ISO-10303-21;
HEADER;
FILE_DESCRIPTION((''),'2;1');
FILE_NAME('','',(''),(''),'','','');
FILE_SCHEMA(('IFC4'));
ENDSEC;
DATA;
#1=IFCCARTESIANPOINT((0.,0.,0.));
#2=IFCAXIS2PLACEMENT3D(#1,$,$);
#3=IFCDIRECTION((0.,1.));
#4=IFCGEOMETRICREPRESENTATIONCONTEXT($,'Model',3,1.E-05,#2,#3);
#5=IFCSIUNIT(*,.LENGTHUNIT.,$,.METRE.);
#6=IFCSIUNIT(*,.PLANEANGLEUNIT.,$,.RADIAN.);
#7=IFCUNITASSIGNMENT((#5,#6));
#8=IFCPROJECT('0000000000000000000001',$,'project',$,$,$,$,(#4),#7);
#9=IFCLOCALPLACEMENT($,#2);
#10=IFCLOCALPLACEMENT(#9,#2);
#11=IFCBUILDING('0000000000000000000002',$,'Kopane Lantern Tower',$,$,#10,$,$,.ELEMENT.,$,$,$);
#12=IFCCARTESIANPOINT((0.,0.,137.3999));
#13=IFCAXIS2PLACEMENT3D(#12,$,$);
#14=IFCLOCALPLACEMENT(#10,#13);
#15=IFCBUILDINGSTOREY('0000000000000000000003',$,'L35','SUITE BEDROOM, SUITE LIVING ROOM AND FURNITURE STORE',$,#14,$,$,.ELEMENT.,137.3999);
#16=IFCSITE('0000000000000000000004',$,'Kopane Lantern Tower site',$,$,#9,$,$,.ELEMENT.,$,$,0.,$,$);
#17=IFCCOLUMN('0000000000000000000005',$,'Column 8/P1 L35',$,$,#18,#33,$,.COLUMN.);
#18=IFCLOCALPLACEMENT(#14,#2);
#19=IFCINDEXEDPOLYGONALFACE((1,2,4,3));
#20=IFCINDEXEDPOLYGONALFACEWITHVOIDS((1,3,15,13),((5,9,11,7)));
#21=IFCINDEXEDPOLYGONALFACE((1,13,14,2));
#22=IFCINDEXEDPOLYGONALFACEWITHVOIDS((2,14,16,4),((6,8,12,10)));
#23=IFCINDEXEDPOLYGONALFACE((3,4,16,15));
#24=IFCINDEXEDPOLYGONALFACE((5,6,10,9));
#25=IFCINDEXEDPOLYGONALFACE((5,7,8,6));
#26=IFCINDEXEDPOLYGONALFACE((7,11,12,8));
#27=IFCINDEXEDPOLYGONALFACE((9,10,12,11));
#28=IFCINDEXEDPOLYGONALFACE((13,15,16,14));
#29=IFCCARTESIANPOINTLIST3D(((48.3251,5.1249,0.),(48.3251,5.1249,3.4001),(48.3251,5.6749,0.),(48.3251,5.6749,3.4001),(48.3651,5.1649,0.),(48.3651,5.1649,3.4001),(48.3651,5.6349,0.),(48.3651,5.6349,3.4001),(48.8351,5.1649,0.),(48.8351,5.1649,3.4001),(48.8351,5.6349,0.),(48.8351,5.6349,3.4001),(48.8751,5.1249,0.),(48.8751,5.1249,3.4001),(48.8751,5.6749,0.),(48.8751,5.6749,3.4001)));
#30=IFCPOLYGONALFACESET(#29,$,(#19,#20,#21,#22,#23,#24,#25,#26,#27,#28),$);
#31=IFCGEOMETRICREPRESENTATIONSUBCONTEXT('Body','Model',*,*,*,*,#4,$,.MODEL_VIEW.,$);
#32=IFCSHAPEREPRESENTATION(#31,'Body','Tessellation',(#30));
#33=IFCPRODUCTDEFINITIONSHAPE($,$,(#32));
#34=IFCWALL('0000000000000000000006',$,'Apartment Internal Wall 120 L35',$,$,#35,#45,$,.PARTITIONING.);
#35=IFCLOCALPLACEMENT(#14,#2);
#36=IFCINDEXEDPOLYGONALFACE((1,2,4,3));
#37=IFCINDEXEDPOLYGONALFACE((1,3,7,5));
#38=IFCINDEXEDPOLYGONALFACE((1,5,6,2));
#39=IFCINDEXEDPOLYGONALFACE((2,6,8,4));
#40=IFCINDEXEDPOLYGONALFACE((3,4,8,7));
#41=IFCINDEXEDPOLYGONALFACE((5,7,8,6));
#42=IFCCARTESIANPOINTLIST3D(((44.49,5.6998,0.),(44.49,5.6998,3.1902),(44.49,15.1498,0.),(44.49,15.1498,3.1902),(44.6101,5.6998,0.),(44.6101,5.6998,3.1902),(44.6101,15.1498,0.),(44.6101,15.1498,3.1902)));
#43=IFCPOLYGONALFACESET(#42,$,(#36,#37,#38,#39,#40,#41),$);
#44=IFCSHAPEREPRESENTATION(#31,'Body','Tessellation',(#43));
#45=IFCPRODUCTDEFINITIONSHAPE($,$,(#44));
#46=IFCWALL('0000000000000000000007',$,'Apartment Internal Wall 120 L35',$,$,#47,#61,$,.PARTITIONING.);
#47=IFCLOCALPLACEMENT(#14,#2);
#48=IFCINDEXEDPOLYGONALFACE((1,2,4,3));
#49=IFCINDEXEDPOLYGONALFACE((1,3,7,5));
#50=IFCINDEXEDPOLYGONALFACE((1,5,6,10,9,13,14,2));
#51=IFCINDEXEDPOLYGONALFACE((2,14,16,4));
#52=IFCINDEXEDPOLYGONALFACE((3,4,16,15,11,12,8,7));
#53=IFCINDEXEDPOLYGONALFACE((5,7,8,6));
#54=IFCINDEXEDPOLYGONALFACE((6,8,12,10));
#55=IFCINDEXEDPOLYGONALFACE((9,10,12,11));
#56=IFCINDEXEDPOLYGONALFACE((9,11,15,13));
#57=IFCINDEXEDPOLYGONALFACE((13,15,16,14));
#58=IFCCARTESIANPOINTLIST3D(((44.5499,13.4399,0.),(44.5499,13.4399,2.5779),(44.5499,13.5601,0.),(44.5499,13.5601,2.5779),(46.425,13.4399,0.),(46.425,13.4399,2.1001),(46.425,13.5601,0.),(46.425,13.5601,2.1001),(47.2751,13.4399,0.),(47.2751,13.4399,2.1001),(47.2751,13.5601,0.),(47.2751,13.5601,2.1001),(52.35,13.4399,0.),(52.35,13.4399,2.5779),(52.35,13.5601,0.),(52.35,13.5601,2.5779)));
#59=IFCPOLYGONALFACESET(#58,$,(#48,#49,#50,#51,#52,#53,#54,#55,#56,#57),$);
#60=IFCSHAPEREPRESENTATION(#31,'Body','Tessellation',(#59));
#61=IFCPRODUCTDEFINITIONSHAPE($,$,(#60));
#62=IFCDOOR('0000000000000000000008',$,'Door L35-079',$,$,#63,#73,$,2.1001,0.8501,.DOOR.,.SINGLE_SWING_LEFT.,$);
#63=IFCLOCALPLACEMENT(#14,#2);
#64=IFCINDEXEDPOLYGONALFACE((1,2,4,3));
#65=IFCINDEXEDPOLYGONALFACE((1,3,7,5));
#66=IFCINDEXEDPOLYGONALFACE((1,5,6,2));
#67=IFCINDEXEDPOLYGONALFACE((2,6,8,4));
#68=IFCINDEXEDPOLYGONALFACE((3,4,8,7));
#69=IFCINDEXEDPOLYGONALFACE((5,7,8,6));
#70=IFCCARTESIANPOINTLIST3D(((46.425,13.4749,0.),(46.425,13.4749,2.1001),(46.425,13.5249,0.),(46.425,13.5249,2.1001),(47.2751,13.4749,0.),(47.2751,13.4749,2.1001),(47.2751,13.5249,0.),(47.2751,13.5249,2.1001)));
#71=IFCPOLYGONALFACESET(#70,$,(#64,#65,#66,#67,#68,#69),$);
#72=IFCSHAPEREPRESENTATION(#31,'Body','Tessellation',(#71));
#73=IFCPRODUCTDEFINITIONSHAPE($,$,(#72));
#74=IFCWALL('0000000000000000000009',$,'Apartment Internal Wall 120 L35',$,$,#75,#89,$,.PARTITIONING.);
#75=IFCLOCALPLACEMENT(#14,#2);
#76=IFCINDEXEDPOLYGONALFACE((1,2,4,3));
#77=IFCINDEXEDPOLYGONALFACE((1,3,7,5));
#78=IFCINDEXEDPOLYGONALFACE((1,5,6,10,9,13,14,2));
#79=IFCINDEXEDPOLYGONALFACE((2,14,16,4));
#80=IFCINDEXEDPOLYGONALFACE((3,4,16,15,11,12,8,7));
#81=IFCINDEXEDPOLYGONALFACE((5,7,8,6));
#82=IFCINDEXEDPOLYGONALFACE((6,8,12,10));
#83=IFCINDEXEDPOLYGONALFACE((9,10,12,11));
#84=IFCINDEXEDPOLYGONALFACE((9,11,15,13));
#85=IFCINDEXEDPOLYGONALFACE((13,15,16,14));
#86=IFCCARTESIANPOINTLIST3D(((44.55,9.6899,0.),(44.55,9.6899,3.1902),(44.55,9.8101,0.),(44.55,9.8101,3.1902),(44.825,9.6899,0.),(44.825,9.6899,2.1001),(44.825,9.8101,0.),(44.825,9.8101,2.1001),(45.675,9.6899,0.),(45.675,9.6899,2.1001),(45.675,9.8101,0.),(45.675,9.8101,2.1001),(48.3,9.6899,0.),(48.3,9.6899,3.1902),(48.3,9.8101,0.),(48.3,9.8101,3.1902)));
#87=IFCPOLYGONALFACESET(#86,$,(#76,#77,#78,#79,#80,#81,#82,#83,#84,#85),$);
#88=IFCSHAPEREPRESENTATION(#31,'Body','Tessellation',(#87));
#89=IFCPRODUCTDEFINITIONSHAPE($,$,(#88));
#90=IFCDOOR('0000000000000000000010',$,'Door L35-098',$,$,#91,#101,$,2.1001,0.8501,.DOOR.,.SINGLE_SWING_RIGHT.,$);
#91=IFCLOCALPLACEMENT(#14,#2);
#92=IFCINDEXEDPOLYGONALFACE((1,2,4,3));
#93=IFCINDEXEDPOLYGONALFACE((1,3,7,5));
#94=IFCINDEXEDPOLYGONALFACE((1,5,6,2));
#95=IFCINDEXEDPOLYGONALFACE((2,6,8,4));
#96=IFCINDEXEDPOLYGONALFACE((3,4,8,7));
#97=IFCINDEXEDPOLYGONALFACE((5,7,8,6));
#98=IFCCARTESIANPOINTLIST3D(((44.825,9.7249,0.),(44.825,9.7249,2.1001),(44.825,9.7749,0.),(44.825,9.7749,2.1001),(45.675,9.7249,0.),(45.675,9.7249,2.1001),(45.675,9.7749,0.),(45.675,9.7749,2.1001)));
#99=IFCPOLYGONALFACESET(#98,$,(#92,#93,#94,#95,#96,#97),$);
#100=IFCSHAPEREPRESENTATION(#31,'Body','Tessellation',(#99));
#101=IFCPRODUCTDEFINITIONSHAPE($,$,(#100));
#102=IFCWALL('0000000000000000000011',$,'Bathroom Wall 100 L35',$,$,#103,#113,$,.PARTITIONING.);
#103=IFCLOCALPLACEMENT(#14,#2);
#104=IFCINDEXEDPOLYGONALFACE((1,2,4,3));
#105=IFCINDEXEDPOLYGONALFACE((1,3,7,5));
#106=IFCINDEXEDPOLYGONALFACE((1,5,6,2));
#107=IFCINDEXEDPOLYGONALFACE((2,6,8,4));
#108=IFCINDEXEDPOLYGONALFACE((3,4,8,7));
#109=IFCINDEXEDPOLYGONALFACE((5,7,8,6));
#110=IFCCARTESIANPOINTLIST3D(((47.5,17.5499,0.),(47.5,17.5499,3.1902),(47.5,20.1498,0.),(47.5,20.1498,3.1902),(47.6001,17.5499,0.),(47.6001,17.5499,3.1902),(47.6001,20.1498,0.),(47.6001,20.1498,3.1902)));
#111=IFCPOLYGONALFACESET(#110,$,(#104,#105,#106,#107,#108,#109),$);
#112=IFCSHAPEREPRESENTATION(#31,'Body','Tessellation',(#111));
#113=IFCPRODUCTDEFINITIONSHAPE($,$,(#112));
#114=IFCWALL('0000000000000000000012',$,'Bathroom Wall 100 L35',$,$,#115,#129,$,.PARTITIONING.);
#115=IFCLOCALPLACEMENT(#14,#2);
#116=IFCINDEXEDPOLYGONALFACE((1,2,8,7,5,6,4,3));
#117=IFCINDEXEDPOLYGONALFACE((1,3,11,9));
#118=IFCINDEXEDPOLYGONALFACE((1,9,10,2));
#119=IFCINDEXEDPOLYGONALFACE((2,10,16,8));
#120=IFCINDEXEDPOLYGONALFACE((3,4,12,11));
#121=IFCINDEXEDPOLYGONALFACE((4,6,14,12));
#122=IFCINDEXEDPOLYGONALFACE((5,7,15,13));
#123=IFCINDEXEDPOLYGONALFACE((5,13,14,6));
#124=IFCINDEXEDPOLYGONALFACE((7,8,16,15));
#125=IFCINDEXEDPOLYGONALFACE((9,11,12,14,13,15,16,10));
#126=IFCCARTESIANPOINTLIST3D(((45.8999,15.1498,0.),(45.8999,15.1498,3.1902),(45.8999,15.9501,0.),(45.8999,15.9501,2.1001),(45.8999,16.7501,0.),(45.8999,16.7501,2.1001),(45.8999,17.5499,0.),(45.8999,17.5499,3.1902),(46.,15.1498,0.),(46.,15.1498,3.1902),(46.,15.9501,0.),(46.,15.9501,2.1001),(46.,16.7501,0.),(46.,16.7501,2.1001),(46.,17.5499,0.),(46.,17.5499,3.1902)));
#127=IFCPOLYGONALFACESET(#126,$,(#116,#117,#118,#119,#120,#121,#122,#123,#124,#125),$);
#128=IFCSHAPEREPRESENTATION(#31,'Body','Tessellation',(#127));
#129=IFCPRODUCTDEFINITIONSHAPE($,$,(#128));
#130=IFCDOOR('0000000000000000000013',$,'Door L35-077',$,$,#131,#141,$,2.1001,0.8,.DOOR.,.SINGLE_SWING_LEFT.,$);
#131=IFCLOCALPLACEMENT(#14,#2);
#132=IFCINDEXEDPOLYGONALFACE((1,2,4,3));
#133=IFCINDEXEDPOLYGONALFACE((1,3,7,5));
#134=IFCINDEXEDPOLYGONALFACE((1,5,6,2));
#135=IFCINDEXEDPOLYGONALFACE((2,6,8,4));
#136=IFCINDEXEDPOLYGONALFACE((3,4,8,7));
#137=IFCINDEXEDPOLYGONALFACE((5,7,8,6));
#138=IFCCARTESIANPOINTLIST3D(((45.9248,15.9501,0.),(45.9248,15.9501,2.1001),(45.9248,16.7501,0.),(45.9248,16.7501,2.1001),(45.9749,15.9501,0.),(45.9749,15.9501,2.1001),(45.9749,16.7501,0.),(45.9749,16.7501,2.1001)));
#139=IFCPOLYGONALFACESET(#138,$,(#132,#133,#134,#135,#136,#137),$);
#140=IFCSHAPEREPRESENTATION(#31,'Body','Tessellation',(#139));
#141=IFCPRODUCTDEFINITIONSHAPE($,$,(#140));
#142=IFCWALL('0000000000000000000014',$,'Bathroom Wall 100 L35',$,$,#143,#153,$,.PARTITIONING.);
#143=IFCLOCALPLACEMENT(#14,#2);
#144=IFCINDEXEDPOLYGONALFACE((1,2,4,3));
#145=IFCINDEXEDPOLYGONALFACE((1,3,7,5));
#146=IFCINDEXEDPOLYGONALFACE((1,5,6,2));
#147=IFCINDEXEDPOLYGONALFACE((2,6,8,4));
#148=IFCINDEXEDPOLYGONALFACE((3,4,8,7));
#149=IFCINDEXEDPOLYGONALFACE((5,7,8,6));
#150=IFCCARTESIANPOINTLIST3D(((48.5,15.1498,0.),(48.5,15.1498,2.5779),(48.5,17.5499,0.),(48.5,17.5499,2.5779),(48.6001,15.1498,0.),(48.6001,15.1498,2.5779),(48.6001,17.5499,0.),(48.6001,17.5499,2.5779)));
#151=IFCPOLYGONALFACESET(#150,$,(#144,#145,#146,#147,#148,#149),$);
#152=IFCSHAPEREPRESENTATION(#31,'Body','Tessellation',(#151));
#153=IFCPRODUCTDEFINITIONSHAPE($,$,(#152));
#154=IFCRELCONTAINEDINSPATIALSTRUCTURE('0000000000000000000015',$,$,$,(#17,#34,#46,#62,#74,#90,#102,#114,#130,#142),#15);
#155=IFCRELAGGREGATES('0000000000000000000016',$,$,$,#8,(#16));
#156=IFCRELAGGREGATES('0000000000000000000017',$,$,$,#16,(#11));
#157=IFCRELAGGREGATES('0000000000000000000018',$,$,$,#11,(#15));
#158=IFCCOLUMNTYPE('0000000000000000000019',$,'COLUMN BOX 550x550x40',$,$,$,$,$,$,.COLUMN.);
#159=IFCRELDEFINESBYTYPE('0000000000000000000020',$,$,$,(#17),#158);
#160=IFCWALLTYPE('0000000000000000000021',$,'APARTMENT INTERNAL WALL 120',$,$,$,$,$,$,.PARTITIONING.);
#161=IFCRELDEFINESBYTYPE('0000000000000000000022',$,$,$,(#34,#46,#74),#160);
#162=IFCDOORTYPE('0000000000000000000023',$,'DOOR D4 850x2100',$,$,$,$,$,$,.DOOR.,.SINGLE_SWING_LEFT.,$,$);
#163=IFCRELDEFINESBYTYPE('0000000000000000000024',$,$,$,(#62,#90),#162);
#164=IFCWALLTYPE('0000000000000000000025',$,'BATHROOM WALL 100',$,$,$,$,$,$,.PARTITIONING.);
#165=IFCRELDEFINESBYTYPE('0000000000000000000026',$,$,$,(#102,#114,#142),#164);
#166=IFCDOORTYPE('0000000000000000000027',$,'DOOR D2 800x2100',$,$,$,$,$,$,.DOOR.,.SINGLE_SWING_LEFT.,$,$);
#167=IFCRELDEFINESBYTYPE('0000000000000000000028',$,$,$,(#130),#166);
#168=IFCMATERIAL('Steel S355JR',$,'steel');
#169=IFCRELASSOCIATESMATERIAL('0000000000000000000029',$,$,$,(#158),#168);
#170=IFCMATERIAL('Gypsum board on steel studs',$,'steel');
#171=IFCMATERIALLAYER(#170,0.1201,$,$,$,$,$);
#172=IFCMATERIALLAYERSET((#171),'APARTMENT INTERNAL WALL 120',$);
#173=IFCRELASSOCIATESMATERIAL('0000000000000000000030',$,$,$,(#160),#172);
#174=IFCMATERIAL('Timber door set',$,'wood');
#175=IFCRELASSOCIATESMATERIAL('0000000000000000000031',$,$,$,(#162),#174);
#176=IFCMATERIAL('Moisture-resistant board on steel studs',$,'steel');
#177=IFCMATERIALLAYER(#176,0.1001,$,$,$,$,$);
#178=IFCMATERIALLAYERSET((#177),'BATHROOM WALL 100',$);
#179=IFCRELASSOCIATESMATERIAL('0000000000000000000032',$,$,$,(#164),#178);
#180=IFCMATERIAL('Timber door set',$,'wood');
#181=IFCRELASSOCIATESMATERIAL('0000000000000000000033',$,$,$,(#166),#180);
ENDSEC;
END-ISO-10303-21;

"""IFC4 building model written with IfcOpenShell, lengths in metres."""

from ifc_helpers import new_model, si_unit, direction, frame, frame_2d, origin, origin_2d, place, context, subcontext, project, spatial, rectangle, hollow_rectangle, extrude, material, layer, layer_set, material_profile, profile_set, type_object, element, fill, save


model = new_model("IFC4")

# Units and contexts
model_context = context("Model", 3, precision=1e-05, world=origin(), true_north=direction((0.0, 1.0)))
body_context = subcontext(model_context, "Body", "Model", "MODEL_VIEW")
ifc_project = project(units=[si_unit("LENGTHUNIT", "METRE"), si_unit("PLANEANGLEUNIT", "RADIAN")], contexts=[model_context])

# Site, building, storey
site_placement = place(None, origin())
site = spatial("IfcSite", under=ifc_project, at=site_placement, Name="Kopane Lantern Tower site", CompositionType="ELEMENT", RefElevation=0.0)
building_placement = place(site_placement, origin())
building = spatial("IfcBuilding", under=site, at=building_placement, Name="Kopane Lantern Tower", CompositionType="ELEMENT")
storey_placement = place(building_placement, frame((0.0, 0.0, 137.3999)))
storey = spatial("IfcBuildingStorey", under=building, at=storey_placement, Name="L35", Description="SUITE BEDROOM, SUITE LIVING ROOM AND FURNITURE STORE", CompositionType="ELEMENT", Elevation=137.3999)

# Column
ifc_material_1 = material(Name="Steel S355JR", Category="steel")
ifc_material_profile = material_profile(ifc_material_1, hollow_rectangle(XDim=0.55, YDim=0.55, WallThickness=0.04, at=origin_2d()), Name="BOX 550x550x40")
ifc_profile_set = profile_set([ifc_material_profile], Name="Steel S355JR")
column_type = type_object("IfcColumnType", Name="COLUMN BOX 550x550x40", PredefinedType="COLUMN", material=ifc_profile_set)
column_placement = place(storey_placement, frame((48.6001, 5.3999, 0.0), z_axis=(0.0, 0.0, 1.0), x_axis=(1.0, 0.0, 0.0)))
element("IfcColumn", 1, at=column_placement, inside=storey, type_object=column_type, Name="Column 8/P1 L35", PredefinedType="COLUMN", context=body_context, shape_type="SweptSolid", body=[
    extrude(hollow_rectangle(XDim=0.55, YDim=0.55, WallThickness=0.04, at=origin_2d()), origin(), (0.0, 0.0, 1.0), 3.4001),
])

# Wall
ifc_material_2 = material(Name="Gypsum board on steel studs", Category="steel")
ifc_layer_1 = layer(ifc_material_2, 0.1201)
ifc_layer_set_1 = layer_set([ifc_layer_1], Name="APARTMENT INTERNAL WALL 120")
wall_type_1 = type_object("IfcWallType", Name="APARTMENT INTERNAL WALL 120", PredefinedType="PARTITIONING", material=ifc_layer_set_1)
wall_1_placement = place(storey_placement, frame((44.55, 15.1499, 0.0), z_axis=(0.0, 0.0, 1.0), x_axis=(0.0, -1.0, 0.0)))
element("IfcWall", 2, at=wall_1_placement, inside=storey, type_object=wall_type_1, Name="Apartment Internal Wall 120 L35", PredefinedType="PARTITIONING", context=body_context, shape_type="SweptSolid", body=[
    extrude(rectangle(XDim=9.45, YDim=0.1201, at=frame_2d((4.7251, 0.0))), origin(), (0.0, 0.0, 1.0), 3.1902),
])

# Walls, openings, doors
wall_2_placement = place(storey_placement, frame((44.55, 13.5, 0.0), z_axis=(0.0, 0.0, 1.0), x_axis=(1.0, 0.0, 0.0)))
wall_2 = element("IfcWall", 3, at=wall_2_placement, inside=storey, type_object=wall_type_1, Name="Apartment Internal Wall 120 L35", PredefinedType="PARTITIONING", context=body_context, shape_type="SweptSolid", body=[
    extrude(rectangle(XDim=7.8, YDim=0.1201, at=frame_2d((3.8999, 0.0))), origin(), (0.0, 0.0, 1.0), 2.5779),
])
opening_1_placement = place(wall_2_placement, frame((1.875, 0.0, 0.0)))
opening_1 = element("IfcOpeningElement", 4, at=opening_1_placement, cuts=wall_2, PredefinedType="OPENING", context=body_context, shape_type="SweptSolid", body=[
    extrude(rectangle(XDim=0.8501, YDim=2.1001, at=frame_2d((0.425, 1.05))), frame((0.0, 0.0701, 0.0), z_axis=(0.0, -1.0, 0.0), x_axis=(1.0, 0.0, 0.0)), (0.0, 0.0, 1.0), 0.1401),
])
ifc_material_3 = material(Name="Timber door set", Category="wood")
door_type_1 = type_object("IfcDoorType", Name="DOOR D4 850x2100", OperationType="SINGLE_SWING_LEFT", PredefinedType="DOOR", material=ifc_material_3)
door_1_placement = place(opening_1_placement, origin())
door_1 = element("IfcDoor", 5, at=door_1_placement, inside=storey, type_object=door_type_1, Name="Door L35-079", OperationType="SINGLE_SWING_LEFT", OverallHeight=2.1001, OverallWidth=0.8501, PredefinedType="DOOR", context=body_context, shape_type="SweptSolid", body=[
    extrude(rectangle(XDim=0.8501, YDim=2.1001, at=frame_2d((0.425, 1.05))), frame((0.0, 0.0249, 0.0), z_axis=(0.0, -1.0, 0.0), x_axis=(1.0, 0.0, 0.0)), (0.0, 0.0, 1.0), 0.05),
])
fill(opening_1, door_1)
wall_3_placement = place(storey_placement, frame((44.55, 9.75, 0.0), z_axis=(0.0, 0.0, 1.0), x_axis=(1.0, 0.0, 0.0)))
wall_3 = element("IfcWall", 6, at=wall_3_placement, inside=storey, type_object=wall_type_1, Name="Apartment Internal Wall 120 L35", PredefinedType="PARTITIONING", context=body_context, shape_type="SweptSolid", body=[
    extrude(rectangle(XDim=3.75, YDim=0.1201, at=frame_2d((1.875, 0.0))), origin(), (0.0, 0.0, 1.0), 3.1902),
])
opening_2_placement = place(wall_3_placement, frame((0.2749, 0.0, 0.0)))
opening_2 = element("IfcOpeningElement", 7, at=opening_2_placement, cuts=wall_3, PredefinedType="OPENING", context=body_context, shape_type="SweptSolid", body=[
    extrude(rectangle(XDim=0.8501, YDim=2.1001, at=frame_2d((0.425, 1.05))), frame((0.0, 0.0701, 0.0), z_axis=(0.0, -1.0, 0.0), x_axis=(1.0, 0.0, 0.0)), (0.0, 0.0, 1.0), 0.1401),
])
door_2_placement = place(opening_2_placement, origin())
door_2 = element("IfcDoor", 8, at=door_2_placement, inside=storey, type_object=door_type_1, Name="Door L35-098", OperationType="SINGLE_SWING_RIGHT", OverallHeight=2.1001, OverallWidth=0.8501, PredefinedType="DOOR", context=body_context, shape_type="SweptSolid", body=[
    extrude(rectangle(XDim=0.8501, YDim=2.1001, at=frame_2d((0.425, 1.05))), frame((0.0, 0.0249, 0.0), z_axis=(0.0, -1.0, 0.0), x_axis=(1.0, 0.0, 0.0)), (0.0, 0.0, 1.0), 0.05),
])
fill(opening_2, door_2)

# Wall
ifc_material_4 = material(Name="Moisture-resistant board on steel studs", Category="steel")
ifc_layer_2 = layer(ifc_material_4, 0.1001)
ifc_layer_set_2 = layer_set([ifc_layer_2], Name="BATHROOM WALL 100")
wall_type_2 = type_object("IfcWallType", Name="BATHROOM WALL 100", PredefinedType="PARTITIONING", material=ifc_layer_set_2)
wall_4_placement = place(storey_placement, frame((47.55, 17.55, 0.0), z_axis=(0.0, 0.0, 1.0), x_axis=(0.0, 1.0, 0.0)))
element("IfcWall", 9, at=wall_4_placement, inside=storey, type_object=wall_type_2, Name="Bathroom Wall 100 L35", PredefinedType="PARTITIONING", context=body_context, shape_type="SweptSolid", body=[
    extrude(rectangle(XDim=2.5999, YDim=0.1001, at=frame_2d((1.2998, 0.0))), origin(), (0.0, 0.0, 1.0), 3.1902),
])

# Wall, opening, door
wall_5_placement = place(storey_placement, frame((45.95, 17.55, 0.0), z_axis=(0.0, 0.0, 1.0), x_axis=(0.0, -1.0, 0.0)))
wall_5 = element("IfcWall", 10, at=wall_5_placement, inside=storey, type_object=wall_type_2, Name="Bathroom Wall 100 L35", PredefinedType="PARTITIONING", context=body_context, shape_type="SweptSolid", body=[
    extrude(rectangle(XDim=2.4001, YDim=0.1001, at=frame_2d((1.2002, 0.0))), origin(), (0.0, 0.0, 1.0), 3.1902),
])
opening_3_placement = place(wall_5_placement, frame((0.8, 0.0, 0.0)))
opening_3 = element("IfcOpeningElement", 11, at=opening_3_placement, cuts=wall_5, PredefinedType="OPENING", context=body_context, shape_type="SweptSolid", body=[
    extrude(rectangle(XDim=0.8, YDim=2.1001, at=frame_2d((0.3999, 1.05))), frame((0.0, 0.0601, 0.0), z_axis=(0.0, -1.0, 0.0), x_axis=(1.0, 0.0, 0.0)), (0.0, 0.0, 1.0), 0.1201),
])
ifc_material_5 = material(Name="Timber door set", Category="wood")
door_type_2 = type_object("IfcDoorType", Name="DOOR D2 800x2100", OperationType="SINGLE_SWING_LEFT", PredefinedType="DOOR", material=ifc_material_5)
door_3_placement = place(opening_3_placement, origin())
door_3 = element("IfcDoor", 12, at=door_3_placement, inside=storey, type_object=door_type_2, Name="Door L35-077", OperationType="SINGLE_SWING_LEFT", OverallHeight=2.1001, OverallWidth=0.8, PredefinedType="DOOR", context=body_context, shape_type="SweptSolid", body=[
    extrude(rectangle(XDim=0.8, YDim=2.1001, at=frame_2d((0.3999, 1.05))), frame((0.0, 0.0249, 0.0), z_axis=(0.0, -1.0, 0.0), x_axis=(1.0, 0.0, 0.0)), (0.0, 0.0, 1.0), 0.05),
])
fill(opening_3, door_3)

# Wall
wall_6_placement = place(storey_placement, frame((48.55, 17.55, 0.0), z_axis=(0.0, 0.0, 1.0), x_axis=(0.0, -1.0, 0.0)))
element("IfcWall", 13, at=wall_6_placement, inside=storey, type_object=wall_type_2, Name="Bathroom Wall 100 L35", PredefinedType="PARTITIONING", context=body_context, shape_type="SweptSolid", body=[
    extrude(rectangle(XDim=2.4001, YDim=0.1001, at=frame_2d((1.2002, 0.0))), origin(), (0.0, 0.0, 1.0), 2.5779),
])

save(model, "model.ifc")
